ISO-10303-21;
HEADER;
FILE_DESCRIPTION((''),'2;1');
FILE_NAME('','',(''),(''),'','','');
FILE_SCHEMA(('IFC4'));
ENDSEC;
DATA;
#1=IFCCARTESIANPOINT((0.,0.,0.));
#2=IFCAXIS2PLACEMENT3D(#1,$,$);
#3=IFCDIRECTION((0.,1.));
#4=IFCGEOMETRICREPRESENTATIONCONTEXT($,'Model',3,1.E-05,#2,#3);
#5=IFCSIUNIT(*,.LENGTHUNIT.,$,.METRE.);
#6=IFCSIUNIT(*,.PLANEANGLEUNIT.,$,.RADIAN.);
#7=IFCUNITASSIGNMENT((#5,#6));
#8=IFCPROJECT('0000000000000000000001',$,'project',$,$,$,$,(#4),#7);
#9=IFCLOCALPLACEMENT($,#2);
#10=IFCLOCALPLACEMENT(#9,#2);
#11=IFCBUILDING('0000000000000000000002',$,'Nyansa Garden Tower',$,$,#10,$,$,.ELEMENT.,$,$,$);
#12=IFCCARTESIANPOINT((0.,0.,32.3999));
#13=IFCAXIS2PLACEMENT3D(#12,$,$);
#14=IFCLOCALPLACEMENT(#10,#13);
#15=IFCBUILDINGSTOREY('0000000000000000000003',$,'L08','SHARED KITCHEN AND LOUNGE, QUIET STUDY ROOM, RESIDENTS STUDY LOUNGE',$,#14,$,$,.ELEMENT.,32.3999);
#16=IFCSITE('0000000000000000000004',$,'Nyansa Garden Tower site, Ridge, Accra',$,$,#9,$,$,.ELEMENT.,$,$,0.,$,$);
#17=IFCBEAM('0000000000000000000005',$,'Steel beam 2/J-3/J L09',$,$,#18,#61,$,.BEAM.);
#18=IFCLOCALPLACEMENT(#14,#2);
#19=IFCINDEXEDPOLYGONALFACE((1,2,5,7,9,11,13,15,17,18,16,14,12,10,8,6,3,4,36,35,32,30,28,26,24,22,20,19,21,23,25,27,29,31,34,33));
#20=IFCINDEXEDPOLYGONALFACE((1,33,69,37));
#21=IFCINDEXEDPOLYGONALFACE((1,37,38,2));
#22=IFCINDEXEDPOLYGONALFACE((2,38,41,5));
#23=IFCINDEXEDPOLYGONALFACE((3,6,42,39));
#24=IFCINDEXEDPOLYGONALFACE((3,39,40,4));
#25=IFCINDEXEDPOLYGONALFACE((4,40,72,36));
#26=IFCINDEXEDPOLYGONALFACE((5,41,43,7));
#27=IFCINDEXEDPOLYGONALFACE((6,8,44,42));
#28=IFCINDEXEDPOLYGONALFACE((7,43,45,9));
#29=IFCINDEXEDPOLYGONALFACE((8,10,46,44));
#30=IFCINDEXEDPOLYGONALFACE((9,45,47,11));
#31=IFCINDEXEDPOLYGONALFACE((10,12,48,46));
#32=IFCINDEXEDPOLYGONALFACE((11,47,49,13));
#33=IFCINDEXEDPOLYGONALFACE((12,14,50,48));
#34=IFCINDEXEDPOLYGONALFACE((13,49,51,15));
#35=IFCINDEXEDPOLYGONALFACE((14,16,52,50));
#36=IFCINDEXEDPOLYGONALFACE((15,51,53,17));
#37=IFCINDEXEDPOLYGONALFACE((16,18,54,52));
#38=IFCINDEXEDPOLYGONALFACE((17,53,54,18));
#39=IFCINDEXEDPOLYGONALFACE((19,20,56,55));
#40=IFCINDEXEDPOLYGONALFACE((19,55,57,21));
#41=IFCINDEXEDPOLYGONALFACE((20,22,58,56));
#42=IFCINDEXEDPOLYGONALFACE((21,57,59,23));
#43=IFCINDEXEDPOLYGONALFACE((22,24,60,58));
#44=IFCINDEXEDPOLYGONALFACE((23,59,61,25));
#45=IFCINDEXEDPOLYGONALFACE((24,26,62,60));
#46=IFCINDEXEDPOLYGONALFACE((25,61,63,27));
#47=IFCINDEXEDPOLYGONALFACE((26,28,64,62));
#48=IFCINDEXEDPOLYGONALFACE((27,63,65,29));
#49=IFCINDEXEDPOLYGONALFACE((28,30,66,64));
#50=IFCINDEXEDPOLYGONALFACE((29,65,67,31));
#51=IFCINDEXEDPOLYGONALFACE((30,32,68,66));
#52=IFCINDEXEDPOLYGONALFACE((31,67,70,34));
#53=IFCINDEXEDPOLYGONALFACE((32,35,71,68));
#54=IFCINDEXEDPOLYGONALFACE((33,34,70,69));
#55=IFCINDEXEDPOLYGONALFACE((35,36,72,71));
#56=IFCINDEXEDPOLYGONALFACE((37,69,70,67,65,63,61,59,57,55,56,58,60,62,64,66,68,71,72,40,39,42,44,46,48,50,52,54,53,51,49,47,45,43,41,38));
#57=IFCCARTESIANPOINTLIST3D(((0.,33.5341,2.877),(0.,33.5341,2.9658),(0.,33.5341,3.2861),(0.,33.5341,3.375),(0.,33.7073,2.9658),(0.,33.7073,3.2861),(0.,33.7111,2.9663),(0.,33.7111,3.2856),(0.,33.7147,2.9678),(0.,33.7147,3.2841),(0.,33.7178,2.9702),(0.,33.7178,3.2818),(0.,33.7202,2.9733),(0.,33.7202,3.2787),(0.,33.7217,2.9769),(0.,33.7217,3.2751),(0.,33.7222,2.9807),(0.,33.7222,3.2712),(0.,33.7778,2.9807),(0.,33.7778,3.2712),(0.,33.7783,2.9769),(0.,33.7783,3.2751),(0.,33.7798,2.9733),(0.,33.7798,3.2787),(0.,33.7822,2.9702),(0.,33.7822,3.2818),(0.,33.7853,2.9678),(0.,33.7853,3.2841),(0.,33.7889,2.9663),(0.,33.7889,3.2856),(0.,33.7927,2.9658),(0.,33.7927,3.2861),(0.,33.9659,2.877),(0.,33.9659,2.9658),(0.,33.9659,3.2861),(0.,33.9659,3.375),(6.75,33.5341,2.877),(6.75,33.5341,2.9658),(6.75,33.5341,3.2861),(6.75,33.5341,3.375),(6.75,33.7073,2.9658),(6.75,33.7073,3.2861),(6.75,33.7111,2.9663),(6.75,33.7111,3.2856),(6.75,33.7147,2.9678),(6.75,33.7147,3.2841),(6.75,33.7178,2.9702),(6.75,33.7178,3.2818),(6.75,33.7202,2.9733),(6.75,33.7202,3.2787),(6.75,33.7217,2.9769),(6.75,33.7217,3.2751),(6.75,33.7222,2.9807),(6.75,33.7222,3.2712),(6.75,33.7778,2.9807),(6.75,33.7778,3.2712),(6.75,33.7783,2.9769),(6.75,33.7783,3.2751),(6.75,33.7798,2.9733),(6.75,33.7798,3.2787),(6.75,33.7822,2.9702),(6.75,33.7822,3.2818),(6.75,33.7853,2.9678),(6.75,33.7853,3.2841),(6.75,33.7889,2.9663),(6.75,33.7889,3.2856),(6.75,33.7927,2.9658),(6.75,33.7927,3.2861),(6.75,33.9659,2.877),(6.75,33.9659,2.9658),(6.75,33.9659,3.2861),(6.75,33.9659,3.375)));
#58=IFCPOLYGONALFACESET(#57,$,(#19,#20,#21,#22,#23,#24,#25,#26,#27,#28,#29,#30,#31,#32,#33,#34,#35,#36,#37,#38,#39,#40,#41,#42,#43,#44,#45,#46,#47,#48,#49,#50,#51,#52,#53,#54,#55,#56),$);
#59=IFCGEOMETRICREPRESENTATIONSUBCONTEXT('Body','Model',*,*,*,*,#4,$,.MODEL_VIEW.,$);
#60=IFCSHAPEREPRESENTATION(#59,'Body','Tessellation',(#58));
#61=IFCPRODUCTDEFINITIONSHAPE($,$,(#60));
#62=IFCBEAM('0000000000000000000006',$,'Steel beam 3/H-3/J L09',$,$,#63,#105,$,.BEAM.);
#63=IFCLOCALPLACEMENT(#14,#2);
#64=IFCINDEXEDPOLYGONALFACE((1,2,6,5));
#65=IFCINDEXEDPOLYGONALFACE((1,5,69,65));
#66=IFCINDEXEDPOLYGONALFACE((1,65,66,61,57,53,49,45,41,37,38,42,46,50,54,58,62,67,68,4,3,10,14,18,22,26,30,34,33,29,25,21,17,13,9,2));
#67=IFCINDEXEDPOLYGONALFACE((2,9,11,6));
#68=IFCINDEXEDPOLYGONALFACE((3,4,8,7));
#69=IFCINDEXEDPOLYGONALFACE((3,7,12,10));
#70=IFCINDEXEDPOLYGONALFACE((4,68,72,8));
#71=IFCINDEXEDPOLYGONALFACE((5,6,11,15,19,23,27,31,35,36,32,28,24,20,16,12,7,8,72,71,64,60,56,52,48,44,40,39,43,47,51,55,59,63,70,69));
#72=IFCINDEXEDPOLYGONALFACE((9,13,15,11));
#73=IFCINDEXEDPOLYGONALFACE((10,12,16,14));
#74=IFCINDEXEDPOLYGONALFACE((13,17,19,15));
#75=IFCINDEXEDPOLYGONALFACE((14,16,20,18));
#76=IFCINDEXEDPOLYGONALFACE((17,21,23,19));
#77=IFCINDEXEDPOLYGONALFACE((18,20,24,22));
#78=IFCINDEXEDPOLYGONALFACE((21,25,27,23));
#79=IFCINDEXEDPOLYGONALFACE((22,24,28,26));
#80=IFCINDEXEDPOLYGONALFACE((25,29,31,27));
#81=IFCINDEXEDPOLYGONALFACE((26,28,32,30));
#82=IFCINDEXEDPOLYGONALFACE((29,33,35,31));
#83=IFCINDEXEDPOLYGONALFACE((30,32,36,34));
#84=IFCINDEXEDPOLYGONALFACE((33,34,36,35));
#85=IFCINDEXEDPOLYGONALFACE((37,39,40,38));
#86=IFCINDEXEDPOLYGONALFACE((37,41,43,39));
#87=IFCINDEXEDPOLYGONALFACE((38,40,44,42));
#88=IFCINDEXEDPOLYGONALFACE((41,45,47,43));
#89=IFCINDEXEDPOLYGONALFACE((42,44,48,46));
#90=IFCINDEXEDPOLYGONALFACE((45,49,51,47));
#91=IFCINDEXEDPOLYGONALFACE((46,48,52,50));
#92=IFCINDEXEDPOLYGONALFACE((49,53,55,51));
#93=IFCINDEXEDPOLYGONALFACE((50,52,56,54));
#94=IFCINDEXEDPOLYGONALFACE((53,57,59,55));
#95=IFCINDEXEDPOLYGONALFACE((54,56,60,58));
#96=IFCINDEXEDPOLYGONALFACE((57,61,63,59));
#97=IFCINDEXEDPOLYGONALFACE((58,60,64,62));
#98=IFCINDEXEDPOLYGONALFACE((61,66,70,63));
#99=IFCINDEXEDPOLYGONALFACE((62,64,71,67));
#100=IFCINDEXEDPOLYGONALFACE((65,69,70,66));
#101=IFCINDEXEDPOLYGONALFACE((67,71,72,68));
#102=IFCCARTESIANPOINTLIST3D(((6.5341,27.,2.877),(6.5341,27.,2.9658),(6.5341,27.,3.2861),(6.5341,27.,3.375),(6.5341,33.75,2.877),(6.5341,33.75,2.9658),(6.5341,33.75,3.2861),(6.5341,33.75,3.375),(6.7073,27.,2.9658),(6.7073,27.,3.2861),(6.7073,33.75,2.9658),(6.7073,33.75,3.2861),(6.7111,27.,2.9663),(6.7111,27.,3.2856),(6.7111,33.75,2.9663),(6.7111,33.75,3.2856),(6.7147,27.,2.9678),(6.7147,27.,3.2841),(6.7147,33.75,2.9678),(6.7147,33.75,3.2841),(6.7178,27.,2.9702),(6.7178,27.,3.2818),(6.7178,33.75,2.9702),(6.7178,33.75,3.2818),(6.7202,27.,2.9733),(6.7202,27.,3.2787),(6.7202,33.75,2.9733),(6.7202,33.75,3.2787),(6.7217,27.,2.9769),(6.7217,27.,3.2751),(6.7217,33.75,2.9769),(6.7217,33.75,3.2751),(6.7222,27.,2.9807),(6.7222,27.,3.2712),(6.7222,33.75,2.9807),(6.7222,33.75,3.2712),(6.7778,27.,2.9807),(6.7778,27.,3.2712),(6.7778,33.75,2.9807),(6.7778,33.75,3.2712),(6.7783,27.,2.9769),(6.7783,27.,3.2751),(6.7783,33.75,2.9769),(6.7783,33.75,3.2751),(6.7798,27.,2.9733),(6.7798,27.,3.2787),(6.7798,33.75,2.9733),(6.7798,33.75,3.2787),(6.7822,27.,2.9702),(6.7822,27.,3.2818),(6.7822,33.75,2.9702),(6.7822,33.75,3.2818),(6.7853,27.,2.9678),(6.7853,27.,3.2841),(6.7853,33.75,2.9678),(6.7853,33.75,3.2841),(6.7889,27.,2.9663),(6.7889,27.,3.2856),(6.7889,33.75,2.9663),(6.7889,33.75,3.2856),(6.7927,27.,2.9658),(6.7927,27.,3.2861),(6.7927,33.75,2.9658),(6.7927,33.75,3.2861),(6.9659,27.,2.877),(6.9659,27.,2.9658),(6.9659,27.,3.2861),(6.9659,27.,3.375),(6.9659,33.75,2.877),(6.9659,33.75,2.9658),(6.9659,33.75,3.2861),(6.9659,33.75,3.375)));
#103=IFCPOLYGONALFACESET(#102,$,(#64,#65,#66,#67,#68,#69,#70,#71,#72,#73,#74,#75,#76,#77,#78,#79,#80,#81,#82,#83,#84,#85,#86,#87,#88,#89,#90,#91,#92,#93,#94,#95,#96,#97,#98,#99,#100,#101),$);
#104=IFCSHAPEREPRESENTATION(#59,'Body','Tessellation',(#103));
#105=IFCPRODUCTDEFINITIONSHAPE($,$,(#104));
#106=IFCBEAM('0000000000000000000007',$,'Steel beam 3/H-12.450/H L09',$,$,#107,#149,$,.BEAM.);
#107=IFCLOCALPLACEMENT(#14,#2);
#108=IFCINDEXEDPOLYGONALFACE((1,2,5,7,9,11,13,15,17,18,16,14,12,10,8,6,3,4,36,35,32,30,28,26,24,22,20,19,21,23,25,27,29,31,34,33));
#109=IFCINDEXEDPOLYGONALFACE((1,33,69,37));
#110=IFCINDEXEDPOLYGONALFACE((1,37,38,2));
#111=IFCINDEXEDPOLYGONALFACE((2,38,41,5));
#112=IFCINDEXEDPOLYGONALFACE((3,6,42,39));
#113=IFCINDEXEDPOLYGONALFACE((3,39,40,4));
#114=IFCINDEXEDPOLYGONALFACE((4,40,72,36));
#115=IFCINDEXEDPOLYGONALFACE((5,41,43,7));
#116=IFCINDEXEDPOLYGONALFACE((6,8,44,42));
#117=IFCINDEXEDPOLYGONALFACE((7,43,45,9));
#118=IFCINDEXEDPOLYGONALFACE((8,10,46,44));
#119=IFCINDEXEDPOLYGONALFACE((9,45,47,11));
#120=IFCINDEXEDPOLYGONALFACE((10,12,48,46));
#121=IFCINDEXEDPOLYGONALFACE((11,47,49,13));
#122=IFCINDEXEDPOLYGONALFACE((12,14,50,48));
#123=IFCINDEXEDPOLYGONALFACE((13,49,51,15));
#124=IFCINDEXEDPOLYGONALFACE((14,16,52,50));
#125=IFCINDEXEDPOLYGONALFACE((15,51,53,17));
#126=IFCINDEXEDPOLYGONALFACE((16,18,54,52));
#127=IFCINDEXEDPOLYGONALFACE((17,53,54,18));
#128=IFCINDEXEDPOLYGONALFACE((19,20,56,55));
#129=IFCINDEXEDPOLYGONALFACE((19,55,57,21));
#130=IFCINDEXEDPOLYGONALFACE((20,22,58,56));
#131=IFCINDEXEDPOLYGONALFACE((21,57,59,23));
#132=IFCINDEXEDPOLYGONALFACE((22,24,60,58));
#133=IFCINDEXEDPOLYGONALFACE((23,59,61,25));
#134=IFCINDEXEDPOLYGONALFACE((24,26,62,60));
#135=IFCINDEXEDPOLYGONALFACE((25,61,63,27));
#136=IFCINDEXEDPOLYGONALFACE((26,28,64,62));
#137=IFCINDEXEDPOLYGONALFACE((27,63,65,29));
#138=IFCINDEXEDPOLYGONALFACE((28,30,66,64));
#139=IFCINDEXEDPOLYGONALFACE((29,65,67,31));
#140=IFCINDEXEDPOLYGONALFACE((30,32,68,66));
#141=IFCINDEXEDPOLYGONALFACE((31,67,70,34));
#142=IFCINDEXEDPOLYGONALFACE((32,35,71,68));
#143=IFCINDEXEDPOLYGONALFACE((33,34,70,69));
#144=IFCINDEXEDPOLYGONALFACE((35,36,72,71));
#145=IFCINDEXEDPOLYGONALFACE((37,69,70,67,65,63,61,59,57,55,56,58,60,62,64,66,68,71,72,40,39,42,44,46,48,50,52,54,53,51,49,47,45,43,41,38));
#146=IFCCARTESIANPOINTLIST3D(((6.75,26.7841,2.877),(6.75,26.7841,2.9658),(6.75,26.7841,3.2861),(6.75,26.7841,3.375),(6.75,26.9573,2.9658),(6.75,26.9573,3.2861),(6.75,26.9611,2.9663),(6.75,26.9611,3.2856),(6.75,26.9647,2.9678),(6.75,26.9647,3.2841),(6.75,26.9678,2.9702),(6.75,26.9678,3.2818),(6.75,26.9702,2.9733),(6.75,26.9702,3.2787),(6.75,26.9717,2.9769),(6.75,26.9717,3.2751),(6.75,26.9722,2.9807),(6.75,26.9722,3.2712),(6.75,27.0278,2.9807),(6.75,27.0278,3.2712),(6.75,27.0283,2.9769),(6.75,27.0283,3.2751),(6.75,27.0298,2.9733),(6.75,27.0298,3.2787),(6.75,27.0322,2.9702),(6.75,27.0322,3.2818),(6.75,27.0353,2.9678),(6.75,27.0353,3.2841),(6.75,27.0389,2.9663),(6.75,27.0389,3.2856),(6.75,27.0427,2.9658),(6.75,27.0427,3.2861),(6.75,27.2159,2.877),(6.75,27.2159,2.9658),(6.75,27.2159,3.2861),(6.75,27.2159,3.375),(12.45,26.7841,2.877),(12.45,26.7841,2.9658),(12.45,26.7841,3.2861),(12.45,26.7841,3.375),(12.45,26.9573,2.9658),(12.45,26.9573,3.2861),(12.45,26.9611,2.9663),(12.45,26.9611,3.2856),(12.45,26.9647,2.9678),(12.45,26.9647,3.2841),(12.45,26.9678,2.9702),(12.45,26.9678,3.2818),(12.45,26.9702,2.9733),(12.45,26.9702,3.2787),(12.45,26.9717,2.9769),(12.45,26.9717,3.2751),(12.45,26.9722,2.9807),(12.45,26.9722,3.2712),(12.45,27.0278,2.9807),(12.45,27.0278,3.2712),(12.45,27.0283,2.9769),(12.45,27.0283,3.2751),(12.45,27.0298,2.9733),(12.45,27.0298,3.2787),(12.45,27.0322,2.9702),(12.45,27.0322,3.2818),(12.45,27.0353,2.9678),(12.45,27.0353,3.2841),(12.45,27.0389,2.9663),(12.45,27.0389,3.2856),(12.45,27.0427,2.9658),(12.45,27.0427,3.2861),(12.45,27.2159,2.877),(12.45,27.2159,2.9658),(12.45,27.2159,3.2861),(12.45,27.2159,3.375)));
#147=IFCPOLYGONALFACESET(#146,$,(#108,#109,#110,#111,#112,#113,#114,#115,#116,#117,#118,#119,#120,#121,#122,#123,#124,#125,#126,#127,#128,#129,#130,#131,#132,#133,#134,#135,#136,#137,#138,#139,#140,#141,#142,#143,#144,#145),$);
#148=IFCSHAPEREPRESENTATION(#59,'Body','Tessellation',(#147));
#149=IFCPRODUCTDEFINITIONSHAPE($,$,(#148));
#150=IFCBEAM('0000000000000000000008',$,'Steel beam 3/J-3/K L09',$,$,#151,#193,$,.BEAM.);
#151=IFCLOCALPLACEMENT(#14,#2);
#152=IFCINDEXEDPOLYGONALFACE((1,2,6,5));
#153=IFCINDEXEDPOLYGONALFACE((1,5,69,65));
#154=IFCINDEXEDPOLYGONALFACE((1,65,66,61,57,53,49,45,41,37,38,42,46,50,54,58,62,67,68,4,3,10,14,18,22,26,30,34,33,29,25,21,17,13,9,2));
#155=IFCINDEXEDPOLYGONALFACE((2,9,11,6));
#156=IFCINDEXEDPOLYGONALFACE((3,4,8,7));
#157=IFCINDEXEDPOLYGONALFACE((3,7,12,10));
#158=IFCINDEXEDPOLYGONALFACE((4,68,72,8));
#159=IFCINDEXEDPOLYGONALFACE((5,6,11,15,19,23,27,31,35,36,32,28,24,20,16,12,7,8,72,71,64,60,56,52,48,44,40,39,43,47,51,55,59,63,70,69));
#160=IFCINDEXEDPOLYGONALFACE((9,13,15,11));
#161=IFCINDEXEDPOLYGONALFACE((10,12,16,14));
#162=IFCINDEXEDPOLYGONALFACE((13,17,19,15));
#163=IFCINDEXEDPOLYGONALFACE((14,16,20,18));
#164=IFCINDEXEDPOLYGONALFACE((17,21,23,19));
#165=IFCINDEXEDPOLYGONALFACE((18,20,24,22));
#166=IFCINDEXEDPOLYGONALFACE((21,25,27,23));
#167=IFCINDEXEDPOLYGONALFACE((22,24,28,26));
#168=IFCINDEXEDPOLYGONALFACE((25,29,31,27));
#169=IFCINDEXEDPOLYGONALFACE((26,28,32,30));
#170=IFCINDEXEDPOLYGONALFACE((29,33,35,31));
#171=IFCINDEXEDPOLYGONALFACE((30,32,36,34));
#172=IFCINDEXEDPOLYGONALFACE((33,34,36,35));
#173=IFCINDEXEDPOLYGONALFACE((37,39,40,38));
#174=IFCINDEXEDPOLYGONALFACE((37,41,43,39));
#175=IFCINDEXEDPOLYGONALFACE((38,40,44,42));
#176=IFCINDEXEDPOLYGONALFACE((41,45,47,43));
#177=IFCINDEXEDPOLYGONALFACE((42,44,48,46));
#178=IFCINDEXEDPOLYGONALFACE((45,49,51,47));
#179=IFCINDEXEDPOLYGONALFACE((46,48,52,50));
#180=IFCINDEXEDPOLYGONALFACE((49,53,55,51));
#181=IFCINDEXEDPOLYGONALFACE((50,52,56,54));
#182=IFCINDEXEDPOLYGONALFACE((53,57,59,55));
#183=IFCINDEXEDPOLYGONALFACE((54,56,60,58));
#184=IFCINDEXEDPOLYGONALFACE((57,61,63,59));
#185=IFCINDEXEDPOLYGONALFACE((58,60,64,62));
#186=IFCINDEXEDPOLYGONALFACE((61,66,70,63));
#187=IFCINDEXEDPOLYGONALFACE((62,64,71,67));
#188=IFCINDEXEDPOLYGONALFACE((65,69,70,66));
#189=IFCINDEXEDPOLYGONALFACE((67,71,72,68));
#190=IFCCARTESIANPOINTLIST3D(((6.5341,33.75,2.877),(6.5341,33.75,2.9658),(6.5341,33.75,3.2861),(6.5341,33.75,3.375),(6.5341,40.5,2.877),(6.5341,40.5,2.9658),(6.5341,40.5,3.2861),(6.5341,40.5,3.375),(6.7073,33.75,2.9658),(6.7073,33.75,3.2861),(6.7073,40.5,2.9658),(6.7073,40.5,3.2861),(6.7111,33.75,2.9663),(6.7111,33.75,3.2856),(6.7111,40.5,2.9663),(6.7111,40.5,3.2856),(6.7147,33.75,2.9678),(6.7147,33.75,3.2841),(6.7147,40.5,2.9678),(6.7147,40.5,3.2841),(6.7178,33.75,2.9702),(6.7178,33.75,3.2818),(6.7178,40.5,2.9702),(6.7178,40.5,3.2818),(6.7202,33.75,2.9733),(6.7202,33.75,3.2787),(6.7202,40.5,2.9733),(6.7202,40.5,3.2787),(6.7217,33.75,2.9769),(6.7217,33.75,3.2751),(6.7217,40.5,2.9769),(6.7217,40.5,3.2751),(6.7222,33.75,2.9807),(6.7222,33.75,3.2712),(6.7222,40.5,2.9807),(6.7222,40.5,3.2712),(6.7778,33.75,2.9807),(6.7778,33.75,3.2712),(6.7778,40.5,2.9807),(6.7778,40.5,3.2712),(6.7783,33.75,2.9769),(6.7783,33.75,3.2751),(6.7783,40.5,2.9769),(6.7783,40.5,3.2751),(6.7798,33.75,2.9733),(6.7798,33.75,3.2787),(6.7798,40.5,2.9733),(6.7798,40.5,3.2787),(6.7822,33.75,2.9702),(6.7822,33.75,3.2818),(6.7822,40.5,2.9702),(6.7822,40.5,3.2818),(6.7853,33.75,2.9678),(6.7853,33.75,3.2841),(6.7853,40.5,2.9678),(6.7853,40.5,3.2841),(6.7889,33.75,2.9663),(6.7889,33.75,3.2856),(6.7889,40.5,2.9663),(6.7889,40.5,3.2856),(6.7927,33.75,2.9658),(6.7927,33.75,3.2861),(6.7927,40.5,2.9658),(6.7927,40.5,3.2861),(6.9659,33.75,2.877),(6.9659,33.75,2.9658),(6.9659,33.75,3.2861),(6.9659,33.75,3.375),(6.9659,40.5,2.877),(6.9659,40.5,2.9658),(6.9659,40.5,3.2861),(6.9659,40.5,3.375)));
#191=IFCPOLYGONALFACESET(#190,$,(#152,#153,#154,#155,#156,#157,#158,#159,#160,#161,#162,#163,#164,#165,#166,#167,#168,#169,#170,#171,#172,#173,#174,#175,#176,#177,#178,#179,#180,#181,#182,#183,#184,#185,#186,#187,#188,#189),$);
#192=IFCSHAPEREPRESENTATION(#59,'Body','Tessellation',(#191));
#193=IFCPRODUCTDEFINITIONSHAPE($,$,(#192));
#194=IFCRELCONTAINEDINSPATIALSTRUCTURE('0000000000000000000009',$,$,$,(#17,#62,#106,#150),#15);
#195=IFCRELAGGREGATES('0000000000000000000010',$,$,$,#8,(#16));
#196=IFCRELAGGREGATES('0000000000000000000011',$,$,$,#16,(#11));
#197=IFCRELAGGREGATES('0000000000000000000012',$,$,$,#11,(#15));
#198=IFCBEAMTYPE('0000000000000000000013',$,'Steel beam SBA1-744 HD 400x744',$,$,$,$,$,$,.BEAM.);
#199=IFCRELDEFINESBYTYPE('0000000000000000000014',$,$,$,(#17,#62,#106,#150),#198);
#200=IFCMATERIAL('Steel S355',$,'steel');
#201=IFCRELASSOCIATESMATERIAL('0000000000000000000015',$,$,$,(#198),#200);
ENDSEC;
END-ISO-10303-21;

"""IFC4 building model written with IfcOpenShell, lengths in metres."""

from ifc_helpers import new_model, si_unit, direction, frame, origin, origin_2d, place, context, subcontext, project, spatial, i_section, extrude, material, material_profile, profile_set, type_object, element, save


model = new_model("IFC4")

# Units and contexts
model_context = context("Model", 3, precision=1e-05, world=origin(), true_north=direction((0.0, 1.0)))
body_context = subcontext(model_context, "Body", "Model", "MODEL_VIEW")
ifc_project = project(units=[si_unit("LENGTHUNIT", "METRE"), si_unit("PLANEANGLEUNIT", "RADIAN")], contexts=[model_context])

# Site, building, storey
site_placement = place(None, origin())
site = spatial("IfcSite", under=ifc_project, at=site_placement, Name="Nyansa Garden Tower site, Ridge, Accra", CompositionType="ELEMENT", RefElevation=0.0)
building_placement = place(site_placement, origin())
building = spatial("IfcBuilding", under=site, at=building_placement, Name="Nyansa Garden Tower", CompositionType="ELEMENT")
storey_placement = place(building_placement, frame((0.0, 0.0, 32.3999)))
storey = spatial("IfcBuildingStorey", under=building, at=storey_placement, Name="L08", Description="SHARED KITCHEN AND LOUNGE, QUIET STUDY ROOM, RESIDENTS STUDY LOUNGE", CompositionType="ELEMENT", Elevation=32.3999)

# Beams
ifc_material_1 = material(Name="Steel S355", Category="steel")
ifc_material_profile_1 = material_profile(ifc_material_1, i_section(OverallWidth=0.4319, OverallDepth=0.498, WebThickness=0.0557, FlangeThickness=0.0889, FilletRadius=0.0149, at=origin_2d()), Name="HD 400x744")
ifc_profile_set_1 = profile_set([ifc_material_profile_1], Name="Steel S355")
beam_type_1 = type_object("IfcBeamType", Name="Steel beam SBA1-744 HD 400x744", PredefinedType="BEAM", material=ifc_profile_set_1)
for number, where, z_axis, x_axis, name in (
    (1, (0.0, 33.75, 3.126), (1.0, 0.0, 0.0), (0.0, 1.0, 0.0), "Steel beam 2/J-3/J L09"),
    (2, (6.75, 27.0, 3.126), (0.0, 1.0, 0.0), (-1.0, 0.0, 0.0), "Steel beam 3/H-3/J L09"),
):
    element("IfcBeam", number, at=place(storey_placement, frame(where, z_axis=z_axis, x_axis=x_axis)), inside=storey, type_object=beam_type_1, Name=name, PredefinedType="BEAM", context=body_context, shape_type="SweptSolid", body=[
        extrude(i_section(OverallWidth=0.4319, OverallDepth=0.498, WebThickness=0.0557, FlangeThickness=0.0889, FilletRadius=0.0149, at=origin_2d()), origin(), (0.0, 0.0, 1.0), 6.75),
    ])
beam_1_placement = place(storey_placement, frame((6.75, 27.0, 3.126), z_axis=(1.0, 0.0, 0.0), x_axis=(0.0, 1.0, 0.0)))
element("IfcBeam", 3, at=beam_1_placement, inside=storey, type_object=beam_type_1, Name="Steel beam 3/H-12.450/H L09", PredefinedType="BEAM", context=body_context, shape_type="SweptSolid", body=[
    extrude(i_section(OverallWidth=0.4319, OverallDepth=0.498, WebThickness=0.0557, FlangeThickness=0.0889, FilletRadius=0.0149, at=origin_2d()), origin(), (0.0, 0.0, 1.0), 5.7),
])
for number, where, z_axis, x_axis, name in (
    (4, (6.75, 33.75, 3.126), (0.0, 1.0, 0.0), (-1.0, 0.0, 0.0), "Steel beam 3/J-3/K L09"),
):
    element("IfcBeam", number, at=place(storey_placement, frame(where, z_axis=z_axis, x_axis=x_axis)), inside=storey, type_object=beam_type_1, Name=name, PredefinedType="BEAM", context=body_context, shape_type="SweptSolid", body=[
        extrude(i_section(OverallWidth=0.4319, OverallDepth=0.498, WebThickness=0.0557, FlangeThickness=0.0889, FilletRadius=0.0149, at=origin_2d()), origin(), (0.0, 0.0, 1.0), 6.75),
    ])

save(model, "model.ifc")
